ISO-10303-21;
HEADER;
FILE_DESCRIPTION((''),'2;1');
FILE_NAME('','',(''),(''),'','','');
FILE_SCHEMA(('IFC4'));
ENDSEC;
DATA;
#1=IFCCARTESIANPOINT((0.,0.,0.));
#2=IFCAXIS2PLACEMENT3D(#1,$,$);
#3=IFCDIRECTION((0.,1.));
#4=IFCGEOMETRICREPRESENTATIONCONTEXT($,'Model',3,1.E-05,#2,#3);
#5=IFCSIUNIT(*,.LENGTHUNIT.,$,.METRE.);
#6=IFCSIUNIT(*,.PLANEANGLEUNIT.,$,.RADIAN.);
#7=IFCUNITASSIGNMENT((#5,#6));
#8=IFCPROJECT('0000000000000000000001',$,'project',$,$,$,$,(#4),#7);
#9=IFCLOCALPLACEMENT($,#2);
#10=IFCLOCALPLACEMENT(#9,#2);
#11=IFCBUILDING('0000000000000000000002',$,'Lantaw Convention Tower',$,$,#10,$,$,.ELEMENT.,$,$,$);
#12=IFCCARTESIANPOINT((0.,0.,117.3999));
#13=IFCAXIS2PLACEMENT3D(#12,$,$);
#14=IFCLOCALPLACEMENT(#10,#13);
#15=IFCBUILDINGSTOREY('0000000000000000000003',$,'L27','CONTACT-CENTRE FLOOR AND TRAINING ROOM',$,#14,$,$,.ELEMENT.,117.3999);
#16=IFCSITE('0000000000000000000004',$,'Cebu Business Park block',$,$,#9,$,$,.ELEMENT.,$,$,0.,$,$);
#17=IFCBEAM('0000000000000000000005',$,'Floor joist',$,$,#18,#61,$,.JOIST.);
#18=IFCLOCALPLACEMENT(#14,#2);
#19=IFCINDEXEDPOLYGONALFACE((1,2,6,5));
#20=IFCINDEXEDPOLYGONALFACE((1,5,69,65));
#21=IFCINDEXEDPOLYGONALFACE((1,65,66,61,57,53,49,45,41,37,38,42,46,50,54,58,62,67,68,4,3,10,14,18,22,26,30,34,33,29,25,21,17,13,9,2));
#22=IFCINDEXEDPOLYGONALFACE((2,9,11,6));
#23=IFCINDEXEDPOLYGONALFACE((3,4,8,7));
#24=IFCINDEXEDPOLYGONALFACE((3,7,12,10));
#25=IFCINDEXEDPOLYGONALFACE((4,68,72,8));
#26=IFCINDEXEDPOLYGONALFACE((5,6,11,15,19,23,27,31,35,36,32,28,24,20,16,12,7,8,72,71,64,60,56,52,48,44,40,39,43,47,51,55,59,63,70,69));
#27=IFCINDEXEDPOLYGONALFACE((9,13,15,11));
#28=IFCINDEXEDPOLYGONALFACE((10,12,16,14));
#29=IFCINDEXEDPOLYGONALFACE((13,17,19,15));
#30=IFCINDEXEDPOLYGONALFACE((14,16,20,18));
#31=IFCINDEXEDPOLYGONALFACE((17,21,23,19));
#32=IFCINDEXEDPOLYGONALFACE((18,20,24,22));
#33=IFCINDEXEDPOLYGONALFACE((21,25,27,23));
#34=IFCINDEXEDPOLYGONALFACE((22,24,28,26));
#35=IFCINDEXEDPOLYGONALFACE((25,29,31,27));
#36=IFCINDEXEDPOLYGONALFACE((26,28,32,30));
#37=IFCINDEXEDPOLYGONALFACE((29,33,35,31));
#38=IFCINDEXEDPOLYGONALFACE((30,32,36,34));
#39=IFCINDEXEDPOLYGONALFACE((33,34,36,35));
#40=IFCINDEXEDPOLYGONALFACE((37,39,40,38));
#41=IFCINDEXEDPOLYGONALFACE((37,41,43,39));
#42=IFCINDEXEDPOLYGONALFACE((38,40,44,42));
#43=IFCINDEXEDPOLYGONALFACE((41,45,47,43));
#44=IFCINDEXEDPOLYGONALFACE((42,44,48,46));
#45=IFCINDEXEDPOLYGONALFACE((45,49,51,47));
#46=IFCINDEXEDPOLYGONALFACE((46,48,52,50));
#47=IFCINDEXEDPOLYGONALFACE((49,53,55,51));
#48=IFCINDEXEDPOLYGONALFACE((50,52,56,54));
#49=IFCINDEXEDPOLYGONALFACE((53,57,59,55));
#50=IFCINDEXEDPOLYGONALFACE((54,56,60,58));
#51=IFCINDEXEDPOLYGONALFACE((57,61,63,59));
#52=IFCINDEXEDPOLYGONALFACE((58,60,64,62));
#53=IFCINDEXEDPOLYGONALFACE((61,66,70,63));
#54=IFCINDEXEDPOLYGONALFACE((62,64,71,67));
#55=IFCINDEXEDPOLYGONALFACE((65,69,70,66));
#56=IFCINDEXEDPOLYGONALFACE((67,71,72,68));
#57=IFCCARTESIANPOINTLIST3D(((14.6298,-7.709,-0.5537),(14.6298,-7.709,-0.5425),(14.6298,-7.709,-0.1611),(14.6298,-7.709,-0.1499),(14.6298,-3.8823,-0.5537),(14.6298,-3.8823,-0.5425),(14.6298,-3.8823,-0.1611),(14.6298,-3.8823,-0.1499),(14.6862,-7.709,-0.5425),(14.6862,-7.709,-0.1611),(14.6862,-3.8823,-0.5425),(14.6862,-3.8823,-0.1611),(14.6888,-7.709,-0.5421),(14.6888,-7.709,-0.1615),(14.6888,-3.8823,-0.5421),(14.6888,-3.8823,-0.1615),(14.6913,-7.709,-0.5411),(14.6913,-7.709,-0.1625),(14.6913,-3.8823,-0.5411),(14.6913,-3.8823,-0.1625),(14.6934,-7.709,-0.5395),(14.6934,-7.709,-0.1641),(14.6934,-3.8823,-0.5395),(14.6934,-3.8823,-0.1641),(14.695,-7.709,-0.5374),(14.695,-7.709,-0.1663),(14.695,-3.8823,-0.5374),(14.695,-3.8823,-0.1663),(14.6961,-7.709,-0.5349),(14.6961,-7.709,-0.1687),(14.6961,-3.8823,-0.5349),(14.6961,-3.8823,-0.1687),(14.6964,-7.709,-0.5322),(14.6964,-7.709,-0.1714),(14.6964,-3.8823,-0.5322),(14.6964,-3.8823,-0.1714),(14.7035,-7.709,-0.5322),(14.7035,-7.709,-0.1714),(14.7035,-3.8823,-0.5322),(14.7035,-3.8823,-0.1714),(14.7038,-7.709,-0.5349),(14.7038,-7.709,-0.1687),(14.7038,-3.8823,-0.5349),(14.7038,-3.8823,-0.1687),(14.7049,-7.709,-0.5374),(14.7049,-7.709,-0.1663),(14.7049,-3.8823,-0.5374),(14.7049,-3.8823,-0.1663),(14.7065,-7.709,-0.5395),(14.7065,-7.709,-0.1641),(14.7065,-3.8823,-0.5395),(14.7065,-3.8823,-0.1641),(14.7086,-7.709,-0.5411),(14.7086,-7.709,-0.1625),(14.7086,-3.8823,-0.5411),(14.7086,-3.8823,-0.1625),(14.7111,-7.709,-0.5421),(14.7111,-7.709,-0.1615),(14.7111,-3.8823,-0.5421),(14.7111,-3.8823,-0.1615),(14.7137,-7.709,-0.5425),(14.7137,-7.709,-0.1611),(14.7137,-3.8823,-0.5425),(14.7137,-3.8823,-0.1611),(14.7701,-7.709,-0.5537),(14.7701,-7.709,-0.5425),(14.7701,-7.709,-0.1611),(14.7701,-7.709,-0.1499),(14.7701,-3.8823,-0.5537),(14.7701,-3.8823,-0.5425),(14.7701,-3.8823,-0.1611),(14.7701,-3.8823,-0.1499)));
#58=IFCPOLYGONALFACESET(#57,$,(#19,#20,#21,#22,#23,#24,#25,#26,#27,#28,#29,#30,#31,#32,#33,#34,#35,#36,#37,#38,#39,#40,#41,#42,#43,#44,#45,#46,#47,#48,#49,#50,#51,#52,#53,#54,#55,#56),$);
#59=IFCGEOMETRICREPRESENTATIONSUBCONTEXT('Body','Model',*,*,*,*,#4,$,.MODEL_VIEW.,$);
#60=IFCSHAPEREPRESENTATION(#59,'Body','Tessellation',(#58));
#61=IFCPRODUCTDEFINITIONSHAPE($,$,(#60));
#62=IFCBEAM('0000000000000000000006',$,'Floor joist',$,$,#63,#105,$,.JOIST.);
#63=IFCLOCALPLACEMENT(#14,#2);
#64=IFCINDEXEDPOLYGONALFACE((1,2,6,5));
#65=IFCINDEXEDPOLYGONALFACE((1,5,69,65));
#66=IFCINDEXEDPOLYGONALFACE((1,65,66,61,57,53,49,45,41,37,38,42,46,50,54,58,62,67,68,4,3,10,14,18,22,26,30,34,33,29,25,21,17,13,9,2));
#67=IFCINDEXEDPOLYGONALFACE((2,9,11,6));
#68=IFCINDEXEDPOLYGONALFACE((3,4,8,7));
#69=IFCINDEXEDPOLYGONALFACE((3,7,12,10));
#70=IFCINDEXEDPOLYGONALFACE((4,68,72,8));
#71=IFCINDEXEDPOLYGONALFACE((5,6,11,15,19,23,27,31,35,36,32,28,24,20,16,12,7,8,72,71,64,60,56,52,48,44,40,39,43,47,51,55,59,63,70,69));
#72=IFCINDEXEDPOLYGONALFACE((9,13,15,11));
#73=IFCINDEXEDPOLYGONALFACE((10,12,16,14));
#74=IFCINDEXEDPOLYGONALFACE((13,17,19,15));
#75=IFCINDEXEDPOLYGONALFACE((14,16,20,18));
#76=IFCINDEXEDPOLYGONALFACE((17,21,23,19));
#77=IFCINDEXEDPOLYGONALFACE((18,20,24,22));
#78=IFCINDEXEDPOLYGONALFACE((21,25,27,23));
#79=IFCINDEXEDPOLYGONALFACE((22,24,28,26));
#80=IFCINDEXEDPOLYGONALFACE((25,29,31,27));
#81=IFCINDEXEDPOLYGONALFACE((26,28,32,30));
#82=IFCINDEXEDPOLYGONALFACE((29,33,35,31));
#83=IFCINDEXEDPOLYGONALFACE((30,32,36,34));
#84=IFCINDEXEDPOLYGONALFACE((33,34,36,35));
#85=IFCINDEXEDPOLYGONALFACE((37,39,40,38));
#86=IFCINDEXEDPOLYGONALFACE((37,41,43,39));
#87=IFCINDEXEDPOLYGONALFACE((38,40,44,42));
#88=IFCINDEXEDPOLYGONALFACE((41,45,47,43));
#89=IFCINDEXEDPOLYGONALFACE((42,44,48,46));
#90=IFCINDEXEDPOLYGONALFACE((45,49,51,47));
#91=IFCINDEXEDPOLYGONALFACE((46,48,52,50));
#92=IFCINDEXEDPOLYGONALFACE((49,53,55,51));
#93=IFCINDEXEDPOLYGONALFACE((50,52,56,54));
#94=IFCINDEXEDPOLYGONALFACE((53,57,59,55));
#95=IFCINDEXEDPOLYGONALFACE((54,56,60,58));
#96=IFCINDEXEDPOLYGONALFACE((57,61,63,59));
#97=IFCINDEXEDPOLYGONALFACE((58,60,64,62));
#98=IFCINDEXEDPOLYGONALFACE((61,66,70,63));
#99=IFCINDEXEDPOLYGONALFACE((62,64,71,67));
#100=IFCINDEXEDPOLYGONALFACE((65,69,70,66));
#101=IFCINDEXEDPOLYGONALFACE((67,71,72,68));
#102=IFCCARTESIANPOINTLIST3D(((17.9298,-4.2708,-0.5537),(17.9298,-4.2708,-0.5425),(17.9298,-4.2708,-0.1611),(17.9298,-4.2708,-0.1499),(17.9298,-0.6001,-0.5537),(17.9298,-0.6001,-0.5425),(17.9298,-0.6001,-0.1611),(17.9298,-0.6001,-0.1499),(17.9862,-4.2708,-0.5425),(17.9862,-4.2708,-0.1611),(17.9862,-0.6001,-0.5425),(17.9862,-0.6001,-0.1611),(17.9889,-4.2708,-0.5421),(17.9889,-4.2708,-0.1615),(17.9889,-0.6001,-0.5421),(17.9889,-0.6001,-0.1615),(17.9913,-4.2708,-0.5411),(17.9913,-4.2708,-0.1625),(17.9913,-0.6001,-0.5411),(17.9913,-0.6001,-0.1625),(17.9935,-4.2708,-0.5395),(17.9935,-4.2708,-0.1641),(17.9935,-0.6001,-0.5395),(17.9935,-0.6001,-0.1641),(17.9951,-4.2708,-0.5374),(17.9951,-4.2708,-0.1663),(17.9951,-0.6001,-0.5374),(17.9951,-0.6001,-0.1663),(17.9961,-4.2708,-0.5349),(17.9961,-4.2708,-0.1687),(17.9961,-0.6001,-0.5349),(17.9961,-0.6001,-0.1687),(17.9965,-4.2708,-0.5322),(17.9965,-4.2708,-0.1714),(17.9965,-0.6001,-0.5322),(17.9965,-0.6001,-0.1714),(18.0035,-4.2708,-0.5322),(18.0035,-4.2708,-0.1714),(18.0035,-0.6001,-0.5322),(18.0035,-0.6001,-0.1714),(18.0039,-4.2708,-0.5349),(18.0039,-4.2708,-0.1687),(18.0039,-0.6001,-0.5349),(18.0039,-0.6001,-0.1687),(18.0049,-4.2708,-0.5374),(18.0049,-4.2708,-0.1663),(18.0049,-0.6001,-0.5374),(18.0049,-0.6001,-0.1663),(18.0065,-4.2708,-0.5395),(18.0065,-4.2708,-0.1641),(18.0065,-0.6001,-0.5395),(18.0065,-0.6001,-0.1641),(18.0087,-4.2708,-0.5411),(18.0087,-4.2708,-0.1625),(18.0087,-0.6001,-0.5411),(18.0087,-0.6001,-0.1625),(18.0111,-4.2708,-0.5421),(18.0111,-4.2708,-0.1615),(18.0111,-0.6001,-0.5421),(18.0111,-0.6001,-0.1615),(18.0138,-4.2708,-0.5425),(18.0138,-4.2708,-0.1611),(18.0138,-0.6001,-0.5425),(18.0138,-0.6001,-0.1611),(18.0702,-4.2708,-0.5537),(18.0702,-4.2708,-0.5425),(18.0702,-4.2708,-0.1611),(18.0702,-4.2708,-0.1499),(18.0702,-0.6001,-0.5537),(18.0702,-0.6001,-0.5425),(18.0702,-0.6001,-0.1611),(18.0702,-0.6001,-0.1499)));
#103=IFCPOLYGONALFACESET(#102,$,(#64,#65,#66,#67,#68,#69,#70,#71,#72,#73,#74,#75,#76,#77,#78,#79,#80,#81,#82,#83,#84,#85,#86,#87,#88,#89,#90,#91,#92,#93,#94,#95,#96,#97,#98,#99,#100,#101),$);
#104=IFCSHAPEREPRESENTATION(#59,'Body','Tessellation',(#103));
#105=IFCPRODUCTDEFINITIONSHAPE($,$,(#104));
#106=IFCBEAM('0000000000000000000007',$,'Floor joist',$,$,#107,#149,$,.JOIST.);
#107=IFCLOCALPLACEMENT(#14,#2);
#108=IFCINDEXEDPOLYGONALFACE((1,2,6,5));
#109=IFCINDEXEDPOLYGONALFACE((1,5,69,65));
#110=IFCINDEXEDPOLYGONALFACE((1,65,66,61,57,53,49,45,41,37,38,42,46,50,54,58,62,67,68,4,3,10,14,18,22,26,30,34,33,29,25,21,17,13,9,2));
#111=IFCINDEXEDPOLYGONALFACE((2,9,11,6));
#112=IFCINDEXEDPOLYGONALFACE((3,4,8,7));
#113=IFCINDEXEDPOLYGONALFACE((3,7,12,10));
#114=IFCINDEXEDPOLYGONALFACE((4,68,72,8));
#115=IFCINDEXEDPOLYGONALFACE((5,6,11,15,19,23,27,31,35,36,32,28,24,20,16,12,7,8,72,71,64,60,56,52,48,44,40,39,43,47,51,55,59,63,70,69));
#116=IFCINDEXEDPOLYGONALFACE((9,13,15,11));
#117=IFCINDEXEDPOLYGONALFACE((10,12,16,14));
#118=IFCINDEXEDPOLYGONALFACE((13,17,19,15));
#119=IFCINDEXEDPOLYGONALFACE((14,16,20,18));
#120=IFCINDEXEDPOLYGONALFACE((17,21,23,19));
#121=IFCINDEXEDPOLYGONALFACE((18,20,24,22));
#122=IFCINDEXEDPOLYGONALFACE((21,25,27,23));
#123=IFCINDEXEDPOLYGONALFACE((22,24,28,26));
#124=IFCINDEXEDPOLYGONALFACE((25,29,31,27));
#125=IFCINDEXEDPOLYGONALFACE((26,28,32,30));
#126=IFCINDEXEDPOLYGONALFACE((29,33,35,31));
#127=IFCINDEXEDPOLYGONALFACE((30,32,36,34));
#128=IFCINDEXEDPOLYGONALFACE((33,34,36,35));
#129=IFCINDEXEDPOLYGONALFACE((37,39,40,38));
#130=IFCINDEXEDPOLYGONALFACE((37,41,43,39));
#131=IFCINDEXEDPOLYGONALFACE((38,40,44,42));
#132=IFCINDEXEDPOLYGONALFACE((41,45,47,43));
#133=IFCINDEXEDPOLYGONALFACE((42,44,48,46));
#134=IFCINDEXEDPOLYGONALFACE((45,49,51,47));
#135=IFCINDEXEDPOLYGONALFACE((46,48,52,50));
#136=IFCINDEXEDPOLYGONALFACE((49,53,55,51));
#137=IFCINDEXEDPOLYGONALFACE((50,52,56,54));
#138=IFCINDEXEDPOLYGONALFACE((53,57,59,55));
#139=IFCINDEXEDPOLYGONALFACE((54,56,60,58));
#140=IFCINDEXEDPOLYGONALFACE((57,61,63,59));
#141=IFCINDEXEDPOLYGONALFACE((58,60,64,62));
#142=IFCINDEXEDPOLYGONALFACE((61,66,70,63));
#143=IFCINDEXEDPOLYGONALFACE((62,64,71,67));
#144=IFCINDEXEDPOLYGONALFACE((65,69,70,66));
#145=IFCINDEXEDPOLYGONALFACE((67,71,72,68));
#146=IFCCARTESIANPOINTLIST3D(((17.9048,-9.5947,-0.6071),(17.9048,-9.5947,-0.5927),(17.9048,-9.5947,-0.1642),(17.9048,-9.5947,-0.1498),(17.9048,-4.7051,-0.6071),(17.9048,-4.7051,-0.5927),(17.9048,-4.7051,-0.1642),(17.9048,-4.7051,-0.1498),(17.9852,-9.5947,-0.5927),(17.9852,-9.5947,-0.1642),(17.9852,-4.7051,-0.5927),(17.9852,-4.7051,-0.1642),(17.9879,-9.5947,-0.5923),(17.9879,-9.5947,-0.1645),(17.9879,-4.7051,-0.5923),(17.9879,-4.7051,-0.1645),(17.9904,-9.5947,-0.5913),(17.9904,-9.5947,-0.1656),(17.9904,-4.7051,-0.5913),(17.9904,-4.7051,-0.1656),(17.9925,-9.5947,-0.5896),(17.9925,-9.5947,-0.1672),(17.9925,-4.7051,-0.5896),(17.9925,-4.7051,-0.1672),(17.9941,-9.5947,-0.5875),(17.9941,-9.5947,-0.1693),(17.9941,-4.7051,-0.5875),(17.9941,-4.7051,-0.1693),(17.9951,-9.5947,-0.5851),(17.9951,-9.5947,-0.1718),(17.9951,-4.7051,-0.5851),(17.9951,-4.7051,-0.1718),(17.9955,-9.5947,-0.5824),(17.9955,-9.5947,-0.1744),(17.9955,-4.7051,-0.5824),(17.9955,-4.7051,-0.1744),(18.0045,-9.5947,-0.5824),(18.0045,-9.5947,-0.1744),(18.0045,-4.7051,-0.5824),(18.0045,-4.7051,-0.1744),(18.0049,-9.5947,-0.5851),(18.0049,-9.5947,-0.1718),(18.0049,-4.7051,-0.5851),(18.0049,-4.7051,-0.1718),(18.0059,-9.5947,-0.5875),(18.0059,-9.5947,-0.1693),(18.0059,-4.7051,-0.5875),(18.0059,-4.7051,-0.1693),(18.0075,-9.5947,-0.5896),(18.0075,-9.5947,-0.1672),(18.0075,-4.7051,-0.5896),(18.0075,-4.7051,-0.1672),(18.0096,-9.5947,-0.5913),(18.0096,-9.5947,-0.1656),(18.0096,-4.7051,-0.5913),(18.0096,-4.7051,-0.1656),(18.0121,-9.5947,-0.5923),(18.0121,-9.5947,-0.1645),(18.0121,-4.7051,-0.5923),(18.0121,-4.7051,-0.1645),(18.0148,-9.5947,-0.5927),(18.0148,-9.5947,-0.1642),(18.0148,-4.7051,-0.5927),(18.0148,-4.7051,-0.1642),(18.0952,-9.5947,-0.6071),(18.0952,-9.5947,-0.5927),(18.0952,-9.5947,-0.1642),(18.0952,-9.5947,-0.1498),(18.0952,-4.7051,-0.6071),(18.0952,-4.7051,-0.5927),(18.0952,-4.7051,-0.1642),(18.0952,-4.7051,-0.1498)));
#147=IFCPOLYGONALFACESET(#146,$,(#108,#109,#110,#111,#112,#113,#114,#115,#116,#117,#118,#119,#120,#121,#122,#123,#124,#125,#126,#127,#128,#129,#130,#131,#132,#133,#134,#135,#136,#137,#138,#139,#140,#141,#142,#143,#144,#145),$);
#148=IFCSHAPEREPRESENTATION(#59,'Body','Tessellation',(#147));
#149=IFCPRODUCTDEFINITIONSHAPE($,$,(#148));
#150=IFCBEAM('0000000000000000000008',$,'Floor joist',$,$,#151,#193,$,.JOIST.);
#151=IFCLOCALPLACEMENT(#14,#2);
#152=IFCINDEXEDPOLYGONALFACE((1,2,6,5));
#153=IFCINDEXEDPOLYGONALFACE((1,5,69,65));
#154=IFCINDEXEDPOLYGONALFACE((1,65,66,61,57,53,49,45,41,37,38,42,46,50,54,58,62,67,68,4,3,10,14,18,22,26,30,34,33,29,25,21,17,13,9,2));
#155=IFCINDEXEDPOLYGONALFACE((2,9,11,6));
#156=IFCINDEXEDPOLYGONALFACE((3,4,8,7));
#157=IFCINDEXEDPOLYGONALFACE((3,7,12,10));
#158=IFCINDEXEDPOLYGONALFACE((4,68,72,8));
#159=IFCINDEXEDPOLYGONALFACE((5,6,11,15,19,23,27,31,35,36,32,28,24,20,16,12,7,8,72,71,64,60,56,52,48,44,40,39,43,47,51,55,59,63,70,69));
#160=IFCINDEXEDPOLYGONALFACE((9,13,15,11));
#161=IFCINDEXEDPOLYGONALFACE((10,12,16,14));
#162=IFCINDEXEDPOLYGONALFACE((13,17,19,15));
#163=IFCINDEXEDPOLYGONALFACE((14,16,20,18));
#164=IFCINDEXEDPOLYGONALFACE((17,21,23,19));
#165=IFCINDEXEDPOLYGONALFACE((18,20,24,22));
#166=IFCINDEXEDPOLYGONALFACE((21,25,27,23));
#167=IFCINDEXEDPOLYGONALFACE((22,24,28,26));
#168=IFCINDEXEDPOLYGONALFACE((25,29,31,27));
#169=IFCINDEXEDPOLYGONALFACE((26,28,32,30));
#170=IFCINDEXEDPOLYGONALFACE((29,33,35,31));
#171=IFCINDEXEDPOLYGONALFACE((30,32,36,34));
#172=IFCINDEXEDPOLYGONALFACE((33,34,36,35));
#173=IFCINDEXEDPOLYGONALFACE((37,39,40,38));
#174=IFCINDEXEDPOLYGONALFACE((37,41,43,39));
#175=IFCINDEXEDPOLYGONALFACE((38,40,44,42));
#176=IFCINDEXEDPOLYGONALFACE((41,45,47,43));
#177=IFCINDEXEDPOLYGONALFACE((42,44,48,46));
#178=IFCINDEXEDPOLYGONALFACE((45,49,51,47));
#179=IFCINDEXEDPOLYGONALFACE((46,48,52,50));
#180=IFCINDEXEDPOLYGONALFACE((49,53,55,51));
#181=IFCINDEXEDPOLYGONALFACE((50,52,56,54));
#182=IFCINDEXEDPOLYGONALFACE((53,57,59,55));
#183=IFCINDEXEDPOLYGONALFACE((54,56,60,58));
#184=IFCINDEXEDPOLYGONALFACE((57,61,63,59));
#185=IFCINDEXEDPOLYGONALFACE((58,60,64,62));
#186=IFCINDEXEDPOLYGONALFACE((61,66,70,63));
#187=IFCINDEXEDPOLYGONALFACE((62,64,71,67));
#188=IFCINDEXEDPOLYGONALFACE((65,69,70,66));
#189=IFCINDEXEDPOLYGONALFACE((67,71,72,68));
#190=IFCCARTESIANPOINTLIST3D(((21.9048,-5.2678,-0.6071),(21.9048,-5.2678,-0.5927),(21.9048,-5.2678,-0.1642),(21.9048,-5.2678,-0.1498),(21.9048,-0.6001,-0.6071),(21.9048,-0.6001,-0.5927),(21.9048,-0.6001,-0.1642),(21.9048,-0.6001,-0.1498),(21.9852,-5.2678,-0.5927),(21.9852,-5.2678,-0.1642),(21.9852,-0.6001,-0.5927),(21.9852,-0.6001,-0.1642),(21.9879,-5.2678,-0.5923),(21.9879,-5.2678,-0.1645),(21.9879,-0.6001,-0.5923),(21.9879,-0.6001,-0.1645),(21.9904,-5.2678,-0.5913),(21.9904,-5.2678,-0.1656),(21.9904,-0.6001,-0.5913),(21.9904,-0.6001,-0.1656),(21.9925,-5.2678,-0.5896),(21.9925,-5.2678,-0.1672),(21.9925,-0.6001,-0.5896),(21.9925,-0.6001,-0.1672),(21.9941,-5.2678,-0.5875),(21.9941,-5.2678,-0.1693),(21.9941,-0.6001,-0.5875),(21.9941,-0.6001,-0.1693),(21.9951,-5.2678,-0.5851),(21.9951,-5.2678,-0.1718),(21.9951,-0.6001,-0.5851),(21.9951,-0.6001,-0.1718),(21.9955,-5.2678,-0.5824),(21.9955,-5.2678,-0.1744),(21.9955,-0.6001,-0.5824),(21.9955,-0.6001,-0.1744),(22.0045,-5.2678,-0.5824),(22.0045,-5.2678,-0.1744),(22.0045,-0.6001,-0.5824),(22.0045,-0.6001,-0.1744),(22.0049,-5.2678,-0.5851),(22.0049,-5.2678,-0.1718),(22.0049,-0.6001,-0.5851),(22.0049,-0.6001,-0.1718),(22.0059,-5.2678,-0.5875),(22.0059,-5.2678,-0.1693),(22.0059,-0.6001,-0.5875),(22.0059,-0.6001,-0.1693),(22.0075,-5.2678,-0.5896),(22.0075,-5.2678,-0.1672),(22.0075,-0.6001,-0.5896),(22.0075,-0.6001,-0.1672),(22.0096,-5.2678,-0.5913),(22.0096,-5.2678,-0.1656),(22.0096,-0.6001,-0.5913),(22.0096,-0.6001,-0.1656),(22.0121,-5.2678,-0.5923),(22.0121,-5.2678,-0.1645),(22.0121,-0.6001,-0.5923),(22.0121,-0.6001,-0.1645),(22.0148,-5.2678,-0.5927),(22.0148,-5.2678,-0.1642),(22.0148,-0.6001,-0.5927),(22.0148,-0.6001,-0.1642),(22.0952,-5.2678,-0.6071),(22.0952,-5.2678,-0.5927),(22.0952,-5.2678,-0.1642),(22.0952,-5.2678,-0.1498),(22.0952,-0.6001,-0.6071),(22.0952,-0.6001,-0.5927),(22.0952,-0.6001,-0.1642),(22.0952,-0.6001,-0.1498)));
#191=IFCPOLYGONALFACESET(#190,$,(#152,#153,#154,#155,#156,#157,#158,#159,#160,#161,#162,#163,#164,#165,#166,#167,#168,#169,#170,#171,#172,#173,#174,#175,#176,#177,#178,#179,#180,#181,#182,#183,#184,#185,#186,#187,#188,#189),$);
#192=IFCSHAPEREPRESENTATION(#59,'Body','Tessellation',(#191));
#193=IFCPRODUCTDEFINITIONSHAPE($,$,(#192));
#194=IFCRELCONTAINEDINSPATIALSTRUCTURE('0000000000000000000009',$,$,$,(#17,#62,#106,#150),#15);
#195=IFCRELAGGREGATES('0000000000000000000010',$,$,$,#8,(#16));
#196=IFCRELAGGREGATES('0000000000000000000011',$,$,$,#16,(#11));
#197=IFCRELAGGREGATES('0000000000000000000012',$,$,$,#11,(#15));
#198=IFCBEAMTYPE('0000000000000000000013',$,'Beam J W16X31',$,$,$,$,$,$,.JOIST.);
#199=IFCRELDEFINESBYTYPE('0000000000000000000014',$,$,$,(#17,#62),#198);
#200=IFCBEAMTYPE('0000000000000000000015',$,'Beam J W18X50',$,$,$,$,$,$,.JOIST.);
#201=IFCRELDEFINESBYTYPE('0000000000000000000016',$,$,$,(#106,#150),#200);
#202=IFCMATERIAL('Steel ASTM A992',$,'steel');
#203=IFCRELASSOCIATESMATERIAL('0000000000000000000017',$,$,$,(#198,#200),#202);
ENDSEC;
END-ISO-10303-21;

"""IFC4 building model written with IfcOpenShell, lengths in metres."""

from ifc_helpers import new_model, si_unit, direction, frame, origin, origin_2d, place, context, subcontext, project, spatial, i_section, extrude, material, material_profile, profile_set, type_object, element, save


model = new_model("IFC4")

# Units and contexts
model_context = context("Model", 3, precision=1e-05, world=origin(), true_north=direction((0.0, 1.0)))
body_context = subcontext(model_context, "Body", "Model", "MODEL_VIEW")
ifc_project = project(units=[si_unit("LENGTHUNIT", "METRE"), si_unit("PLANEANGLEUNIT", "RADIAN")], contexts=[model_context])

# Site, building, storey
site_placement = place(None, origin())
site = spatial("IfcSite", under=ifc_project, at=site_placement, Name="Cebu Business Park block", CompositionType="ELEMENT", RefElevation=0.0)
building_placement = place(site_placement, origin())
building = spatial("IfcBuilding", under=site, at=building_placement, Name="Lantaw Convention Tower", CompositionType="ELEMENT")
storey_placement = place(building_placement, frame((0.0, 0.0, 117.3999)))
storey = spatial("IfcBuildingStorey", under=building, at=storey_placement, Name="L27", Description="CONTACT-CENTRE FLOOR AND TRAINING ROOM", CompositionType="ELEMENT", Elevation=117.3999)

# Beams
ifc_material_1 = material(Name="Steel ASTM A992", Category="steel")
ifc_material_profile_1 = material_profile(ifc_material_1, i_section(OverallWidth=0.1404, OverallDepth=0.4038, WebThickness=0.0071, FlangeThickness=0.0112, FilletRadius=0.0103, at=origin_2d()), Name="W16X31")
ifc_profile_set_1 = profile_set([ifc_material_profile_1], Name="Steel ASTM A992")
beam_type_1 = type_object("IfcBeamType", Name="Beam J W16X31", PredefinedType="JOIST", material=ifc_profile_set_1)
beam_1_placement = place(storey_placement, frame((14.7, -7.709, -0.3518), z_axis=(0.0, 1.0, 0.0), x_axis=(-1.0, 0.0, 0.0)))
element("IfcBeam", 1, at=beam_1_placement, inside=storey, type_object=beam_type_1, Name="Floor joist", PredefinedType="JOIST", context=body_context, shape_type="SweptSolid", body=[
    extrude(i_section(OverallWidth=0.1404, OverallDepth=0.4038, WebThickness=0.0071, FlangeThickness=0.0112, FilletRadius=0.0103, at=origin_2d()), origin(), (0.0, 0.0, 1.0), 3.8267),
])
beam_2_placement = place(storey_placement, frame((18.0, -4.2708, -0.3518), z_axis=(0.0, 1.0, 0.0), x_axis=(-1.0, 0.0, 0.0)))
element("IfcBeam", 2, at=beam_2_placement, inside=storey, type_object=beam_type_1, Name="Floor joist", PredefinedType="JOIST", context=body_context, shape_type="SweptSolid", body=[
    extrude(i_section(OverallWidth=0.1404, OverallDepth=0.4038, WebThickness=0.0071, FlangeThickness=0.0112, FilletRadius=0.0103, at=origin_2d()), origin(), (0.0, 0.0, 1.0), 3.6707),
])
ifc_material_profile_2 = material_profile(ifc_material_1, i_section(OverallWidth=0.1904, OverallDepth=0.4573, WebThickness=0.009, FlangeThickness=0.0144, FilletRadius=0.0103, at=origin_2d()), Name="W18X50")
ifc_profile_set_2 = profile_set([ifc_material_profile_2], Name="Steel ASTM A992")
beam_type_2 = type_object("IfcBeamType", Name="Beam J W18X50", PredefinedType="JOIST", material=ifc_profile_set_2)
beam_3_placement = place(storey_placement, frame((18.0, -9.5947, -0.3784), z_axis=(0.0, 1.0, 0.0), x_axis=(-1.0, 0.0, 0.0)))
element("IfcBeam", 3, at=beam_3_placement, inside=storey, type_object=beam_type_2, Name="Floor joist", PredefinedType="JOIST", context=body_context, shape_type="SweptSolid", body=[
    extrude(i_section(OverallWidth=0.1904, OverallDepth=0.4573, WebThickness=0.009, FlangeThickness=0.0144, FilletRadius=0.0103, at=origin_2d()), origin(), (0.0, 0.0, 1.0), 4.8896),
])
beam_4_placement = place(storey_placement, frame((22.0, -5.2678, -0.3784), z_axis=(0.0, 1.0, 0.0), x_axis=(-1.0, 0.0, 0.0)))
element("IfcBeam", 4, at=beam_4_placement, inside=storey, type_object=beam_type_2, Name="Floor joist", PredefinedType="JOIST", context=body_context, shape_type="SweptSolid", body=[
    extrude(i_section(OverallWidth=0.1904, OverallDepth=0.4573, WebThickness=0.009, FlangeThickness=0.0144, FilletRadius=0.0103, at=origin_2d()), origin(), (0.0, 0.0, 1.0), 4.6677),
])

save(model, "model.ifc")
